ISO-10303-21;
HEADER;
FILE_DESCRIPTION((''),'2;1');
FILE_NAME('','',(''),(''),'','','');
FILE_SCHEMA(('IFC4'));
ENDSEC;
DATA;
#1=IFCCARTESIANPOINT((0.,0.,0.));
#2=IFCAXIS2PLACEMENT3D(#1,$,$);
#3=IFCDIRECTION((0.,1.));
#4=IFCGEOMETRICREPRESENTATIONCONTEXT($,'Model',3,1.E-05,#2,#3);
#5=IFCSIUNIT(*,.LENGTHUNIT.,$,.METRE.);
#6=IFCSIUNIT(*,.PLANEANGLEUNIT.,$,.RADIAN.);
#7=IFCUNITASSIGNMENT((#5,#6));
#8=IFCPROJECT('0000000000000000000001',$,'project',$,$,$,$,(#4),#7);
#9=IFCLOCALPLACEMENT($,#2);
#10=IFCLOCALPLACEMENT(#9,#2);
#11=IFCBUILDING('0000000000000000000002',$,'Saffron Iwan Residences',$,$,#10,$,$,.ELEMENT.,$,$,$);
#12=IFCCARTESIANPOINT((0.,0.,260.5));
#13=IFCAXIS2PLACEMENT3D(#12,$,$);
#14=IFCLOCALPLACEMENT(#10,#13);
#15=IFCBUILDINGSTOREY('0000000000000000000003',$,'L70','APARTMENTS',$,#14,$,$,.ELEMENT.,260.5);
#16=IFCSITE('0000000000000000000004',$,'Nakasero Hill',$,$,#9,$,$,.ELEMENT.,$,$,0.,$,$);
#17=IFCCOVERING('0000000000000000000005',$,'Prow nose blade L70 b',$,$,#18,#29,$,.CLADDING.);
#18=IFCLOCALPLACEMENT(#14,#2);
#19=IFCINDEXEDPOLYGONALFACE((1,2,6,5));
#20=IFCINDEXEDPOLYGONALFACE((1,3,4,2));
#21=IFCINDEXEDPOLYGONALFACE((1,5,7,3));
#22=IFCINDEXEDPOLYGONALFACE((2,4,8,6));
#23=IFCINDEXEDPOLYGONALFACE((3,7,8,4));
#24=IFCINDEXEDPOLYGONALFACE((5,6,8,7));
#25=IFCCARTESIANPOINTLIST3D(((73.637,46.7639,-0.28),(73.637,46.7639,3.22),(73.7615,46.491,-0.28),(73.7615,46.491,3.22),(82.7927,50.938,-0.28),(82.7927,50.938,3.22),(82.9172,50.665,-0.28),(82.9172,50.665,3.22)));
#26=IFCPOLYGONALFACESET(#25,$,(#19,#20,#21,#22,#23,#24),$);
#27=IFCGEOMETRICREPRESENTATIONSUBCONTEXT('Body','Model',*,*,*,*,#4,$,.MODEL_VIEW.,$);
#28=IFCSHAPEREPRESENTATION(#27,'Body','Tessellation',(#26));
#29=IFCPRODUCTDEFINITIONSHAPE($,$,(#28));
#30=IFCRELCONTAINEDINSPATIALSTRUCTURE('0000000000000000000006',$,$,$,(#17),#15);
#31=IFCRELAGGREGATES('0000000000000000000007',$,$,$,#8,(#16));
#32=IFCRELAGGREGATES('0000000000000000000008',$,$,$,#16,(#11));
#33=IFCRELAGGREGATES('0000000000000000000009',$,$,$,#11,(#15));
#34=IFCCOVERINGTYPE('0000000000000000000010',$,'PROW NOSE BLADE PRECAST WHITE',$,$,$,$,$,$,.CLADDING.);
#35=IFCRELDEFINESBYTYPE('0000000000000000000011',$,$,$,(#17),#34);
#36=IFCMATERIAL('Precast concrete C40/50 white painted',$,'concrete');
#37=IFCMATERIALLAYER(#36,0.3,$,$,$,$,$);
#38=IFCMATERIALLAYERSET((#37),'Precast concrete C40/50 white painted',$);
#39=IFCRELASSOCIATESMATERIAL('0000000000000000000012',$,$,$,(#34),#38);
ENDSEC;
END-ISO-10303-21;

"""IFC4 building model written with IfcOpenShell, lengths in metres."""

from ifc_helpers import new_model, si_unit, direction, frame, origin, place, context, subcontext, project, spatial, polyline, outline, extrude, material, layer, layer_set, type_object, element, save


model = new_model("IFC4")

# Units and contexts
model_context = context("Model", 3, precision=1e-05, world=origin(), true_north=direction((0.0, 1.0)))
body_context = subcontext(model_context, "Body", "Model", "MODEL_VIEW")
ifc_project = project(units=[si_unit("LENGTHUNIT", "METRE"), si_unit("PLANEANGLEUNIT", "RADIAN")], contexts=[model_context])

# Site, building, storey
site_placement = place(None, origin())
site = spatial("IfcSite", under=ifc_project, at=site_placement, Name="Nakasero Hill", CompositionType="ELEMENT", RefElevation=0.0)
building_placement = place(site_placement, origin())
building = spatial("IfcBuilding", under=site, at=building_placement, Name="Saffron Iwan Residences", CompositionType="ELEMENT")
storey_placement = place(building_placement, frame((0.0, 0.0, 260.5)))
storey = spatial("IfcBuildingStorey", under=building, at=storey_placement, Name="L70", Description="APARTMENTS", CompositionType="ELEMENT", Elevation=260.5)

# Covering
ifc_material_1 = material(Name="Precast concrete C40/50 white painted", Category="concrete")
ifc_layer_1 = layer(ifc_material_1, 0.3)
ifc_layer_set_1 = layer_set([ifc_layer_1], Name="Precast concrete C40/50 white painted")
covering_type_1 = type_object("IfcCoveringType", Name="PROW NOSE BLADE PRECAST WHITE", PredefinedType="CLADDING", material=ifc_layer_set_1)
covering_1_placement = place(storey_placement, frame((0.0, 0.0, -0.28)))
element("IfcCovering", 1, at=covering_1_placement, inside=storey, type_object=covering_type_1, Name="Prow nose blade L70 b", PredefinedType="CLADDING", context=body_context, shape_type="SweptSolid", body=[
    extrude(outline(polyline([(73.7615, 46.491), (82.9172, 50.665), (82.7927, 50.938), (73.637, 46.7639), (73.7615, 46.491)])), origin(), (0.0, 0.0, 1.0), 3.5),
])

save(model, "model.ifc")
